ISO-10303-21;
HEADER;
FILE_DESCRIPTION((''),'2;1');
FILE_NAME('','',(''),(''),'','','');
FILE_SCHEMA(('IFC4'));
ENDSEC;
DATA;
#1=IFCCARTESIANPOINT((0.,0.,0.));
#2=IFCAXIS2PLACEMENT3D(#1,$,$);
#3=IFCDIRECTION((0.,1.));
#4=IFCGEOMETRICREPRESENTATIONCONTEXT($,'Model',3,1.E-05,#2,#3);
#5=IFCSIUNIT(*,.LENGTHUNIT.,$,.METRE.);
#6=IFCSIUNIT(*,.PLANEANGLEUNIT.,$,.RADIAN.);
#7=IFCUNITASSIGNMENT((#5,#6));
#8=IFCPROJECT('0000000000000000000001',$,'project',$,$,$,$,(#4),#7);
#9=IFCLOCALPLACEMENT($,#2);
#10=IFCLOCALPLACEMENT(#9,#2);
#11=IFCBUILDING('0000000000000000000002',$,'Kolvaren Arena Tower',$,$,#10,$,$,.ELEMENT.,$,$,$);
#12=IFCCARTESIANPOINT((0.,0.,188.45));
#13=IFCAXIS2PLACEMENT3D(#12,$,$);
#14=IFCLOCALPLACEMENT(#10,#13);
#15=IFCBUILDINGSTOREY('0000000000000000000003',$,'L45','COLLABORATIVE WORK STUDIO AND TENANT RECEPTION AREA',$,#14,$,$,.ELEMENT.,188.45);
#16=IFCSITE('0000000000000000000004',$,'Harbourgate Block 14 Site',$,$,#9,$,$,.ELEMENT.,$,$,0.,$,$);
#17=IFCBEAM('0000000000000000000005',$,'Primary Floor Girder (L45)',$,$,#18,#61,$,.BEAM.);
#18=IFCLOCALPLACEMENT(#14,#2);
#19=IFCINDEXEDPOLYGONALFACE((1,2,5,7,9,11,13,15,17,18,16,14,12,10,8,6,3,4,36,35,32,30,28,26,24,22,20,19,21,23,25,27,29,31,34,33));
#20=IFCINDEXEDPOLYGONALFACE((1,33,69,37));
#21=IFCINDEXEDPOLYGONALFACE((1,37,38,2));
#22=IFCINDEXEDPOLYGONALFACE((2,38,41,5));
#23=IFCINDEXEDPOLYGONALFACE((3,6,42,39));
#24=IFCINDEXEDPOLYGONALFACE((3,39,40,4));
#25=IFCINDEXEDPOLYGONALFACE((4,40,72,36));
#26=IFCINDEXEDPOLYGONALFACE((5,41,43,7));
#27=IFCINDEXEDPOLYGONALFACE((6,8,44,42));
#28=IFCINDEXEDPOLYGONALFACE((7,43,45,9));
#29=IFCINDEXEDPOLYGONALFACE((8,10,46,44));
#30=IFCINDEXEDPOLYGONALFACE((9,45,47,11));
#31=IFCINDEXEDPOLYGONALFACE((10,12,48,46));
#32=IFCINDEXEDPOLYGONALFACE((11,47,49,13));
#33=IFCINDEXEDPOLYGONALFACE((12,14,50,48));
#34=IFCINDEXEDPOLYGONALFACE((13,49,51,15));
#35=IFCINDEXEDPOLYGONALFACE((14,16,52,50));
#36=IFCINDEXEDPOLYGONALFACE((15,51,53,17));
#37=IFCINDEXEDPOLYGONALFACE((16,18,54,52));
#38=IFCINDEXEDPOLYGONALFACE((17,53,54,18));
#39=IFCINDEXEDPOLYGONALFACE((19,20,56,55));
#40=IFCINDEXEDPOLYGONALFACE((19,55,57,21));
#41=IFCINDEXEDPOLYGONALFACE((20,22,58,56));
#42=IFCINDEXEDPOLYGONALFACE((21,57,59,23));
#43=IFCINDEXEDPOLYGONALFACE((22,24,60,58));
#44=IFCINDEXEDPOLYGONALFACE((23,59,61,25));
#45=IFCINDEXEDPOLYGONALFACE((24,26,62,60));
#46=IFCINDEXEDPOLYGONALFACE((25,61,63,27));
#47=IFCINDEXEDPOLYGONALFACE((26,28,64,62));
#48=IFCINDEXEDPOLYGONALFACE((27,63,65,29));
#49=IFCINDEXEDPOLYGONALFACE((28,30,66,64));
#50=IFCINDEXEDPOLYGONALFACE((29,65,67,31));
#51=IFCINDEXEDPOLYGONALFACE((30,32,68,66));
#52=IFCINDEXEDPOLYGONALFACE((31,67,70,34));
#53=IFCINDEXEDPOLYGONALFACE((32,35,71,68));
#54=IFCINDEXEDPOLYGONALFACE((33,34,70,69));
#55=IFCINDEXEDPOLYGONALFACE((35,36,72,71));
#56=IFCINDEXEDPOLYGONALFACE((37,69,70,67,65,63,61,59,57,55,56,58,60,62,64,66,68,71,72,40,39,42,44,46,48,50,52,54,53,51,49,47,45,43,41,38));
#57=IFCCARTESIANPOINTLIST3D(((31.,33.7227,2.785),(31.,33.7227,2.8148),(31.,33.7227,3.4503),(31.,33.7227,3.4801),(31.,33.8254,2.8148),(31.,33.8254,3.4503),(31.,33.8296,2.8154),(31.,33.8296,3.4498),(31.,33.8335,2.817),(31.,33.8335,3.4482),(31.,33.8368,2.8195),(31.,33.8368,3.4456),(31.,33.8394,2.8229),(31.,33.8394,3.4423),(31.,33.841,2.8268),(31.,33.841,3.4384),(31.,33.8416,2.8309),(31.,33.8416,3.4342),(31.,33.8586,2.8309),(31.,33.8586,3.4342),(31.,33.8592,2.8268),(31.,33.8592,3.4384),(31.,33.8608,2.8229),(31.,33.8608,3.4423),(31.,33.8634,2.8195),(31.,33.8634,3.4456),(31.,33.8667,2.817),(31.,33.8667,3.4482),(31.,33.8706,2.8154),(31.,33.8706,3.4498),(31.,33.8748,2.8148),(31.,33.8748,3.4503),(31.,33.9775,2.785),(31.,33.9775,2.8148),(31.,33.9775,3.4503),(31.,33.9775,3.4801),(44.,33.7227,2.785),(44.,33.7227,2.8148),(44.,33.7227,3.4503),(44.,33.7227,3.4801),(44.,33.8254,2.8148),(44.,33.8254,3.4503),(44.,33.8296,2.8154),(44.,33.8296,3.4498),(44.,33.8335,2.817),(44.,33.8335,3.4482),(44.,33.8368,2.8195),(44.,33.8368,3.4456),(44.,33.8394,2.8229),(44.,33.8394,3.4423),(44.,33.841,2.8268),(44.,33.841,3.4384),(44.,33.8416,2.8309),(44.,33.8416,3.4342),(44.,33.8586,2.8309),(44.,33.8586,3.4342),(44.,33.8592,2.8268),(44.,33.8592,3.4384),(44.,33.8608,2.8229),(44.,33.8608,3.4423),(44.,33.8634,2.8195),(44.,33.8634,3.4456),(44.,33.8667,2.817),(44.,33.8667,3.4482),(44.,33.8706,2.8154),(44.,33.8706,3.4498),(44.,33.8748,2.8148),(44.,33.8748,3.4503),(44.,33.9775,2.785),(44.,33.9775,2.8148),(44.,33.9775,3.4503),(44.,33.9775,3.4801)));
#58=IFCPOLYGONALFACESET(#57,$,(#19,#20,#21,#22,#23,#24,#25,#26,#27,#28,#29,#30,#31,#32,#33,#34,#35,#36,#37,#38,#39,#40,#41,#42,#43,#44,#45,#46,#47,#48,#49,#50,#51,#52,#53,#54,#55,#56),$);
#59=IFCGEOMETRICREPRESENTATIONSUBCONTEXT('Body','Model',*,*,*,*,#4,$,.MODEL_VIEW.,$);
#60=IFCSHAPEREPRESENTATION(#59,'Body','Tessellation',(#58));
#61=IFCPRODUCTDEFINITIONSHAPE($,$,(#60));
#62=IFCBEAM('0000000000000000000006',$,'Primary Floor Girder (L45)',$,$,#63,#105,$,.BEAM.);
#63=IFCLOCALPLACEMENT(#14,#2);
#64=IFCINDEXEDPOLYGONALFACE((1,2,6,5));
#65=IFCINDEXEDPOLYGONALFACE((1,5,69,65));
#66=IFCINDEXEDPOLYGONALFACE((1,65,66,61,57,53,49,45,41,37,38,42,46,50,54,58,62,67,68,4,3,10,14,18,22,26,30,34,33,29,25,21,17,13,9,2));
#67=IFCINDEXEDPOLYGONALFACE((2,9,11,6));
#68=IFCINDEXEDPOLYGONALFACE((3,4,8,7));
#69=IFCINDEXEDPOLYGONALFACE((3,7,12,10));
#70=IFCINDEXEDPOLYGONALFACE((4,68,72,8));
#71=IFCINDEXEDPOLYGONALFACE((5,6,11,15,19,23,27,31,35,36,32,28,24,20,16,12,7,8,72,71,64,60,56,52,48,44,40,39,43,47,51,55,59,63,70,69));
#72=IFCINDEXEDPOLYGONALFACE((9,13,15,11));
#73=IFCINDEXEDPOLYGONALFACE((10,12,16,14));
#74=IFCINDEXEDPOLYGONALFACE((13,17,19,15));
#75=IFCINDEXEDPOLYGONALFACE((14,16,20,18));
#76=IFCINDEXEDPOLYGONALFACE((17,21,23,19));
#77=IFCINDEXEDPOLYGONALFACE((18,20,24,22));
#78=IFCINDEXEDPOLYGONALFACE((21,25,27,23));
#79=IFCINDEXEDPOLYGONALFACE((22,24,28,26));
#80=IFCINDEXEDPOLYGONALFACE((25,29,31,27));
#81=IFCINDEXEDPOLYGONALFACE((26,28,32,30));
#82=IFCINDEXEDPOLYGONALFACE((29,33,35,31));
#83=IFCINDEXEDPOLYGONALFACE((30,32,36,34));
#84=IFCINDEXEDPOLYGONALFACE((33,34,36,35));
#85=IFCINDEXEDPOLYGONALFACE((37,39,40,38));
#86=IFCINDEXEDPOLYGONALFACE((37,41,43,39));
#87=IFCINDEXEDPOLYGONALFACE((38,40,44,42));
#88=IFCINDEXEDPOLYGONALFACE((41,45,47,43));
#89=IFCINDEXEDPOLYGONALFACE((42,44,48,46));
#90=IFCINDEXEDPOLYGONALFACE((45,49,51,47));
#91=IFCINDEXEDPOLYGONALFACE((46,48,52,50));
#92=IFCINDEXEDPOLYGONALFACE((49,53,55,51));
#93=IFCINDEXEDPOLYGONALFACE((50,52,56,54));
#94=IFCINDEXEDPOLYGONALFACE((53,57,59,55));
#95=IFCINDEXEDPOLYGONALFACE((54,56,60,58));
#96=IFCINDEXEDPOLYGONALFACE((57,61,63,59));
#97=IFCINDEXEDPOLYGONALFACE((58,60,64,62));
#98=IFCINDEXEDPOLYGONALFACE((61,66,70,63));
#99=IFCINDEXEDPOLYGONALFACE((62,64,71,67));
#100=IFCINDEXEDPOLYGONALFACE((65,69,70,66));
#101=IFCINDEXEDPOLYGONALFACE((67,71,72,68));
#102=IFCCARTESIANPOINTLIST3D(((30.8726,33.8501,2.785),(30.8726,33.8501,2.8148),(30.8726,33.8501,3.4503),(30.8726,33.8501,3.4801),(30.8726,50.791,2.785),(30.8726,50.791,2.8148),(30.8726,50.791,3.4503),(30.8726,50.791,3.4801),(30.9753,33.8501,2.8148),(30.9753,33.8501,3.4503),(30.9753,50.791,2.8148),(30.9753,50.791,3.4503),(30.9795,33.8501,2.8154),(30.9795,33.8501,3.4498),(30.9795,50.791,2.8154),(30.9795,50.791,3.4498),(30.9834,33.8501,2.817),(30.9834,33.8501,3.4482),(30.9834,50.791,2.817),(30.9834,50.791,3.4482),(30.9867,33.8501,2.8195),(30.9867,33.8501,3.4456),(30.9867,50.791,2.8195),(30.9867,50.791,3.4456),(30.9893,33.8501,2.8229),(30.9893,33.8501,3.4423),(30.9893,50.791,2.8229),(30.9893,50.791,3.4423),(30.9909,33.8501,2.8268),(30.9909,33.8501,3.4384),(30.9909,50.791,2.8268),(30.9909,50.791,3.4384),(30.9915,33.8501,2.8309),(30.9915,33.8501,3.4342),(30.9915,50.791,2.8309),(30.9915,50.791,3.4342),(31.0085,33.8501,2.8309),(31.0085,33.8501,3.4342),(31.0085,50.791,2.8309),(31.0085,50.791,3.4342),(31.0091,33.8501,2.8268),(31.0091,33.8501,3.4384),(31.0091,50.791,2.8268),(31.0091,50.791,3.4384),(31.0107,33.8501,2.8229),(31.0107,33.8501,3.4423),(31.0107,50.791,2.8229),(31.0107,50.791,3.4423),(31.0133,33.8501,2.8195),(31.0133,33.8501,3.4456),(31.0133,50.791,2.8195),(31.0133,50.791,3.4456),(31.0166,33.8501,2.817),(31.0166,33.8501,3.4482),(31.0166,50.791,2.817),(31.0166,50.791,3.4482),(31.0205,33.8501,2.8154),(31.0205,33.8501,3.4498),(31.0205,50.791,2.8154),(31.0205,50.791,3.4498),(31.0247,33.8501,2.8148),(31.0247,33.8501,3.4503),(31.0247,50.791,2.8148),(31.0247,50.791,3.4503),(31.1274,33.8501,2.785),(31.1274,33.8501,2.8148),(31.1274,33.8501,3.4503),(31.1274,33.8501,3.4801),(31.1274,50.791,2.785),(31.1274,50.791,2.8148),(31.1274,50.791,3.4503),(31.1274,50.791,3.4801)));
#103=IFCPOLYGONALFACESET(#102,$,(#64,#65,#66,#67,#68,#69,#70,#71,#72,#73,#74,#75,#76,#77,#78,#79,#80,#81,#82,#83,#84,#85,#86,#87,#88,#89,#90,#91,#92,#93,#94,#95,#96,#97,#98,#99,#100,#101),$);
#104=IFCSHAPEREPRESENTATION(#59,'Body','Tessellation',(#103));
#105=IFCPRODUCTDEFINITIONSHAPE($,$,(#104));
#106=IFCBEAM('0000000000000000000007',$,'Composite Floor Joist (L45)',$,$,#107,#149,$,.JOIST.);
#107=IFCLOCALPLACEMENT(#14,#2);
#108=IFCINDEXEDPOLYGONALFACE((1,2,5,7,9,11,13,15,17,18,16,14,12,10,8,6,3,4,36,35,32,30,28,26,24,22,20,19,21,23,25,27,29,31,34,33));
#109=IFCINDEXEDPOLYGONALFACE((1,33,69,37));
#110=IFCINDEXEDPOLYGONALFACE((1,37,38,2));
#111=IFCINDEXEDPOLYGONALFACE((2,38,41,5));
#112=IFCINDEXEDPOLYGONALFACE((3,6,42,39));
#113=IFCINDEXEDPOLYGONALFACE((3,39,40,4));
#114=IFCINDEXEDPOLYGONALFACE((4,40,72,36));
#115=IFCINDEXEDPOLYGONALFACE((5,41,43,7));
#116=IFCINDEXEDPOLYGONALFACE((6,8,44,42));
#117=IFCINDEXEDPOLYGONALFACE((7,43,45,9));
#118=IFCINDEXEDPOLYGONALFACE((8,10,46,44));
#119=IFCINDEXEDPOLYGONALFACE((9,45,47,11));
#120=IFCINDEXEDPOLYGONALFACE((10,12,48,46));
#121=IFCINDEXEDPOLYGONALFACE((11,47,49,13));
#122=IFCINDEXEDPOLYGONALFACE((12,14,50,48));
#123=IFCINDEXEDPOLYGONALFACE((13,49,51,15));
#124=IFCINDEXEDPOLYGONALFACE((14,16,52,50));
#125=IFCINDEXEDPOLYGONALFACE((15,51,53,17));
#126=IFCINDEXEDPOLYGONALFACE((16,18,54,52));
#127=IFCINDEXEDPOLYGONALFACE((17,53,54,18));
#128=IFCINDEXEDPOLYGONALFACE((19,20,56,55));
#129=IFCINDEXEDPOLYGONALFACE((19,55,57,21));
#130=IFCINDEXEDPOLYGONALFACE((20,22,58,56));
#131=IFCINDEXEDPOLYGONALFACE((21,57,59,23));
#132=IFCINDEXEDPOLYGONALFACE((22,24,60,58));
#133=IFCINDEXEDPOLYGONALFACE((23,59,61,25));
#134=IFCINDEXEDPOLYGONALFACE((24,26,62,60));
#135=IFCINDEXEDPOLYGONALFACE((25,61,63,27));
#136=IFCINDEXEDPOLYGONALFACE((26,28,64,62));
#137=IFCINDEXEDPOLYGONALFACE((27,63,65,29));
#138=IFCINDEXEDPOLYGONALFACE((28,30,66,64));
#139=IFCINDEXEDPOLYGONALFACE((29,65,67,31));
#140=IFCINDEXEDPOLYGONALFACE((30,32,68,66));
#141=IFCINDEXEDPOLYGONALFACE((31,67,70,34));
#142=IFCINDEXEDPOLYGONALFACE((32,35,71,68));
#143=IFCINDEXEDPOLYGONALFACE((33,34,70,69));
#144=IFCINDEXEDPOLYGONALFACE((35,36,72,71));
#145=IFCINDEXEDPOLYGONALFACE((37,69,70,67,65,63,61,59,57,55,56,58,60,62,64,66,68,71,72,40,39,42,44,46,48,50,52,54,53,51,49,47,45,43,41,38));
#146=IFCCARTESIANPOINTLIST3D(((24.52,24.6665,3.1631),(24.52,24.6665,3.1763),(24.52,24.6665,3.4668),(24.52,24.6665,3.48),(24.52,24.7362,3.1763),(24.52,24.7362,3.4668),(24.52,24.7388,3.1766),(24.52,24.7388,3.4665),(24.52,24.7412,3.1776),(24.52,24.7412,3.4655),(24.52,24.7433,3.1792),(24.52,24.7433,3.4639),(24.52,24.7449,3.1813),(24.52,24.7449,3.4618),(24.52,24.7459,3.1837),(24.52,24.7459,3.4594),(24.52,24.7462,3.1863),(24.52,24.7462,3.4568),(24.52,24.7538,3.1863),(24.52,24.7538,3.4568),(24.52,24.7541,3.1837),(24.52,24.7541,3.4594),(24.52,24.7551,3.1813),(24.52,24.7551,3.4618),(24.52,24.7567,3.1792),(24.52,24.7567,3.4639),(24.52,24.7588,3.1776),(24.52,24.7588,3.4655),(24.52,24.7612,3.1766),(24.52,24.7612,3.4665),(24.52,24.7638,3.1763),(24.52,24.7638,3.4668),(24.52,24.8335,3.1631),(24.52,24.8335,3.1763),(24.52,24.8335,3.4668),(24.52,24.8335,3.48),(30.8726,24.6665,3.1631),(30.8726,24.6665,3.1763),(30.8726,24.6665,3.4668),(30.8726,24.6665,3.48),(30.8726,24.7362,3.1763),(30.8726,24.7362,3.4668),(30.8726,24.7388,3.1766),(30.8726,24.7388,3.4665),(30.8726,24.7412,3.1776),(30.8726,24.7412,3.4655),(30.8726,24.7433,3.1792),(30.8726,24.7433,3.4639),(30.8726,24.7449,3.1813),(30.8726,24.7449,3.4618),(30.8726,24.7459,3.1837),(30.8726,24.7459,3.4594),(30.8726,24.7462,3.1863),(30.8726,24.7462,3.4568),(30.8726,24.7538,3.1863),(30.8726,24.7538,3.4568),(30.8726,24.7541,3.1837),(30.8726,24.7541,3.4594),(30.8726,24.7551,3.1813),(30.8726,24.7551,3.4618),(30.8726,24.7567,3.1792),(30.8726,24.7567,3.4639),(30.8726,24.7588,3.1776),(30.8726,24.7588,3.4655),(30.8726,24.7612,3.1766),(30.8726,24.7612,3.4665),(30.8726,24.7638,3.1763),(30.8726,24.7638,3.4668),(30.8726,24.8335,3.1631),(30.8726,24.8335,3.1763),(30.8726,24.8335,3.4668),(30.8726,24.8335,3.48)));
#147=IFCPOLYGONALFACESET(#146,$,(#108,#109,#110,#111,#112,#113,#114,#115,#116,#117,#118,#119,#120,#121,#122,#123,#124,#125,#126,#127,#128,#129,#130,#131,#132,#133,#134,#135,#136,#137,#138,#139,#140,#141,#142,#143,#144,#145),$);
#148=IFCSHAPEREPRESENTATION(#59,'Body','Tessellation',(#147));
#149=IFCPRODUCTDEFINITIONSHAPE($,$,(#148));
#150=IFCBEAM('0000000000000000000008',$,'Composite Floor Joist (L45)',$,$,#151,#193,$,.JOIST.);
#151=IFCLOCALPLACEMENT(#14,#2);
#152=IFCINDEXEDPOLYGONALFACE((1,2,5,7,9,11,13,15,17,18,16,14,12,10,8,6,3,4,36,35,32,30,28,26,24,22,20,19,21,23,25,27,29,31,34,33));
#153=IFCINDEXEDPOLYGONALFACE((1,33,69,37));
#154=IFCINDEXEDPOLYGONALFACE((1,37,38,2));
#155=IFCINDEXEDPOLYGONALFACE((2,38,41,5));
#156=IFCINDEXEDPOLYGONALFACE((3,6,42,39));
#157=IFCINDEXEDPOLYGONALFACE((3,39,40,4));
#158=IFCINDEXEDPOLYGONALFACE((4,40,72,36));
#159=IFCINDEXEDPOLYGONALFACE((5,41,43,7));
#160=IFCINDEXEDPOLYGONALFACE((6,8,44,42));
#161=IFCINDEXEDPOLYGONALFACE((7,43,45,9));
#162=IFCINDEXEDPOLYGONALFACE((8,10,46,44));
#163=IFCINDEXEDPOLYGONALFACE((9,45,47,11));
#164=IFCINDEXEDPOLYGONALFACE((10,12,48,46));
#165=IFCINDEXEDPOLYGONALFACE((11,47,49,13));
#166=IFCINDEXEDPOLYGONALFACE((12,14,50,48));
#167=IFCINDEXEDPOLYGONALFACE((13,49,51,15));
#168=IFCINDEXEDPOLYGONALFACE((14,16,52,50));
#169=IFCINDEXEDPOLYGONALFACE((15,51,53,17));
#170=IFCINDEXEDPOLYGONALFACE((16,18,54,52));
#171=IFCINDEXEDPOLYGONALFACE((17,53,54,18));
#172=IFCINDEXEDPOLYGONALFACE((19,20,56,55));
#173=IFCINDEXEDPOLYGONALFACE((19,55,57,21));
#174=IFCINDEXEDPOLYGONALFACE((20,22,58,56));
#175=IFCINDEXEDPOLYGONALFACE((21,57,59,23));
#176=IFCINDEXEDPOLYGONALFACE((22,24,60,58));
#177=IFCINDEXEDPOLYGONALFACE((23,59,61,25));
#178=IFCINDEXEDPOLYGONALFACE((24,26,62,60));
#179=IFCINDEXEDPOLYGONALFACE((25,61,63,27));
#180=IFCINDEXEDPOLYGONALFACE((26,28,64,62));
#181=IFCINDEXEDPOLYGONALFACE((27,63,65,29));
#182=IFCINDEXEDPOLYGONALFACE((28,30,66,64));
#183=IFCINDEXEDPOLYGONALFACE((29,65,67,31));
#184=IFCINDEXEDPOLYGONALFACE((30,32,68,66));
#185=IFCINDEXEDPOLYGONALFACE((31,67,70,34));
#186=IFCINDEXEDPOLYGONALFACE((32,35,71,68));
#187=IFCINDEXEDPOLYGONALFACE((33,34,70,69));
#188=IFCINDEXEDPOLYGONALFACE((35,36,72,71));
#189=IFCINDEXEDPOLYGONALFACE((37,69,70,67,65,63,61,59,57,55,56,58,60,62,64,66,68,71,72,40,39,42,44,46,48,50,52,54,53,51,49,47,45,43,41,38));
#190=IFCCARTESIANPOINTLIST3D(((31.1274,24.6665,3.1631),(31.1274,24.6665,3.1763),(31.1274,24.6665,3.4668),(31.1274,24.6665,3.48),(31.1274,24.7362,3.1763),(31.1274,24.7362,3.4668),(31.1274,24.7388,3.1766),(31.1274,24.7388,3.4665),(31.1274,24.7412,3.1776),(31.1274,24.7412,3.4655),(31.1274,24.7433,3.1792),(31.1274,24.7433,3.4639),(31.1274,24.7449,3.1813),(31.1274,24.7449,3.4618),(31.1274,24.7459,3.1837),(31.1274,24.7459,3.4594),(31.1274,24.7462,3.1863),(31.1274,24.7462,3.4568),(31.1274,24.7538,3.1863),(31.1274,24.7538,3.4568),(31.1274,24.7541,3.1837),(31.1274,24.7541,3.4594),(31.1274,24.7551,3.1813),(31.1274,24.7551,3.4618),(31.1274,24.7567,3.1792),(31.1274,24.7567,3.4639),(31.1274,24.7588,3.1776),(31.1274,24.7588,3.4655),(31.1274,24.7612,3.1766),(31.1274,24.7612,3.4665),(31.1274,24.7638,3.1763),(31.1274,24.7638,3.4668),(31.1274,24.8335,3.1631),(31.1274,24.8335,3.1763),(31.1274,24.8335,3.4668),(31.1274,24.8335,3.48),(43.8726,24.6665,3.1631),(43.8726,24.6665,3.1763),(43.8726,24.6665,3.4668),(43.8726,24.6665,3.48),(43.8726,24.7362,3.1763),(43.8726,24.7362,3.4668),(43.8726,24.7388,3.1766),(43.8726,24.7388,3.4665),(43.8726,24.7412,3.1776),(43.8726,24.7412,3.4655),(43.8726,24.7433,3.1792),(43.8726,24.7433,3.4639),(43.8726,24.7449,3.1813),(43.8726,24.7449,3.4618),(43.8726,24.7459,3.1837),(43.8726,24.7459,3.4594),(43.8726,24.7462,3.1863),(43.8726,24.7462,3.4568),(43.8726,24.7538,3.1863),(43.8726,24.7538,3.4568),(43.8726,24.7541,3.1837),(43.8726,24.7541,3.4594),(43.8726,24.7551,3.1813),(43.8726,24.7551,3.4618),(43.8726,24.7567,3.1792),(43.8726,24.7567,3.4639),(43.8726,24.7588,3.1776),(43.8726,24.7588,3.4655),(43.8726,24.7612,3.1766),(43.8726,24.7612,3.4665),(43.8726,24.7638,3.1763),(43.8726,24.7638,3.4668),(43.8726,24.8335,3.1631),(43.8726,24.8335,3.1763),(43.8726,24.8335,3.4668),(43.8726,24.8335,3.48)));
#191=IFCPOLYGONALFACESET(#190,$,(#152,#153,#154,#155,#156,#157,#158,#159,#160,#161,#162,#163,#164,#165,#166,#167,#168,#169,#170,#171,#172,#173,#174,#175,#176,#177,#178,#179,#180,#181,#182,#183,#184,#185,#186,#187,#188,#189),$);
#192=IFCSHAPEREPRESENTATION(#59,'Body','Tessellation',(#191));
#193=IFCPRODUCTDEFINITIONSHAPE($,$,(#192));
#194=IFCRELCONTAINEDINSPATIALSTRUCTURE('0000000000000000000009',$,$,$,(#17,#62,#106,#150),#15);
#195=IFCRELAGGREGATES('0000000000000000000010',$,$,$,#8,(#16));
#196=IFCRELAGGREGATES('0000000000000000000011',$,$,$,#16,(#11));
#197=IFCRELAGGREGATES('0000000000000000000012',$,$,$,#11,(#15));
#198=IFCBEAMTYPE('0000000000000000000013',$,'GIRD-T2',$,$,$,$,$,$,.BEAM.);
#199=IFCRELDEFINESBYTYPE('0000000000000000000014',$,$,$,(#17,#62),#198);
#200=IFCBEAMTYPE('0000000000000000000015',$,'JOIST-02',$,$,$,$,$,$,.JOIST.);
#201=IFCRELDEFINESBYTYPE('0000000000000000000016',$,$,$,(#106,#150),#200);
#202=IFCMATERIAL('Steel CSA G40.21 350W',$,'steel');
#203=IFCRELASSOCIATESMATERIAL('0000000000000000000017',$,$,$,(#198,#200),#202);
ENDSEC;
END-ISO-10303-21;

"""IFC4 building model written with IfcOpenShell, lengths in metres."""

from ifc_helpers import new_model, si_unit, direction, frame, origin, origin_2d, place, context, subcontext, project, spatial, i_section, extrude, material, material_profile, profile_set, type_object, element, save


model = new_model("IFC4")

# Units and contexts
model_context = context("Model", 3, precision=1e-05, world=origin(), true_north=direction((0.0, 1.0)))
body_context = subcontext(model_context, "Body", "Model", "MODEL_VIEW")
ifc_project = project(units=[si_unit("LENGTHUNIT", "METRE"), si_unit("PLANEANGLEUNIT", "RADIAN")], contexts=[model_context])

# Site, building, storey
site_placement = place(None, origin())
site = spatial("IfcSite", under=ifc_project, at=site_placement, Name="Harbourgate Block 14 Site", CompositionType="ELEMENT", RefElevation=0.0)
building_placement = place(site_placement, origin())
building = spatial("IfcBuilding", under=site, at=building_placement, Name="Kolvaren Arena Tower", CompositionType="ELEMENT")
storey_placement = place(building_placement, frame((0.0, 0.0, 188.45)))
storey = spatial("IfcBuildingStorey", under=building, at=storey_placement, Name="L45", Description="COLLABORATIVE WORK STUDIO AND TENANT RECEPTION AREA", CompositionType="ELEMENT", Elevation=188.45)

# Beams
ifc_material_1 = material(Name="Steel CSA G40.21 350W", Category="steel")
ifc_material_profile_1 = material_profile(ifc_material_1, i_section(OverallWidth=0.2549, OverallDepth=0.6951, WebThickness=0.0171, FlangeThickness=0.0298, FilletRadius=0.0161, at=origin_2d()), Name="W690x217")
ifc_profile_set_1 = profile_set([ifc_material_profile_1], Name="Steel CSA G40.21 350W")
beam_type_1 = type_object("IfcBeamType", Name="GIRD-T2", PredefinedType="BEAM", material=ifc_profile_set_1)
beam_1_placement = place(storey_placement, frame((31.0, 33.8501, 3.1326), z_axis=(1.0, 0.0, 0.0), x_axis=(0.0, 1.0, 0.0)))
element("IfcBeam", 1, at=beam_1_placement, inside=storey, type_object=beam_type_1, Name="Primary Floor Girder (L45)", PredefinedType="BEAM", context=body_context, shape_type="SweptSolid", body=[
    extrude(i_section(OverallWidth=0.2549, OverallDepth=0.6951, WebThickness=0.0171, FlangeThickness=0.0298, FilletRadius=0.0161, at=origin_2d()), origin(), (0.0, 0.0, 1.0), 13.0),
])
beam_2_placement = place(storey_placement, frame((31.0, 33.8501, 3.1326), z_axis=(0.0, 1.0, 0.0), x_axis=(-1.0, 0.0, 0.0)))
element("IfcBeam", 2, at=beam_2_placement, inside=storey, type_object=beam_type_1, Name="Primary Floor Girder (L45)", PredefinedType="BEAM", context=body_context, shape_type="SweptSolid", body=[
    extrude(i_section(OverallWidth=0.2549, OverallDepth=0.6951, WebThickness=0.0171, FlangeThickness=0.0298, FilletRadius=0.0161, at=origin_2d()), origin(), (0.0, 0.0, 1.0), 16.9409),
])
ifc_material_profile_2 = material_profile(ifc_material_1, i_section(OverallWidth=0.167, OverallDepth=0.3169, WebThickness=0.0076, FlangeThickness=0.0132, FilletRadius=0.01, at=origin_2d()), Name="W310x52")
ifc_profile_set_2 = profile_set([ifc_material_profile_2], Name="Steel CSA G40.21 350W")
beam_type_2 = type_object("IfcBeamType", Name="JOIST-02", PredefinedType="JOIST", material=ifc_profile_set_2)
beam_3_placement = place(storey_placement, frame((24.52, 24.75, 3.3215), z_axis=(1.0, 0.0, 0.0), x_axis=(0.0, 1.0, 0.0)))
element("IfcBeam", 3, at=beam_3_placement, inside=storey, type_object=beam_type_2, Name="Composite Floor Joist (L45)", PredefinedType="JOIST", context=body_context, shape_type="SweptSolid", body=[
    extrude(i_section(OverallWidth=0.167, OverallDepth=0.3169, WebThickness=0.0076, FlangeThickness=0.0132, FilletRadius=0.01, at=origin_2d()), origin(), (0.0, 0.0, 1.0), 6.3525),
])
beam_4_placement = place(storey_placement, frame((31.1274, 24.75, 3.3215), z_axis=(1.0, 0.0, 0.0), x_axis=(0.0, 1.0, 0.0)))
element("IfcBeam", 4, at=beam_4_placement, inside=storey, type_object=beam_type_2, Name="Composite Floor Joist (L45)", PredefinedType="JOIST", context=body_context, shape_type="SweptSolid", body=[
    extrude(i_section(OverallWidth=0.167, OverallDepth=0.3169, WebThickness=0.0076, FlangeThickness=0.0132, FilletRadius=0.01, at=origin_2d()), origin(), (0.0, 0.0, 1.0), 12.7451),
])

save(model, "model.ifc")
